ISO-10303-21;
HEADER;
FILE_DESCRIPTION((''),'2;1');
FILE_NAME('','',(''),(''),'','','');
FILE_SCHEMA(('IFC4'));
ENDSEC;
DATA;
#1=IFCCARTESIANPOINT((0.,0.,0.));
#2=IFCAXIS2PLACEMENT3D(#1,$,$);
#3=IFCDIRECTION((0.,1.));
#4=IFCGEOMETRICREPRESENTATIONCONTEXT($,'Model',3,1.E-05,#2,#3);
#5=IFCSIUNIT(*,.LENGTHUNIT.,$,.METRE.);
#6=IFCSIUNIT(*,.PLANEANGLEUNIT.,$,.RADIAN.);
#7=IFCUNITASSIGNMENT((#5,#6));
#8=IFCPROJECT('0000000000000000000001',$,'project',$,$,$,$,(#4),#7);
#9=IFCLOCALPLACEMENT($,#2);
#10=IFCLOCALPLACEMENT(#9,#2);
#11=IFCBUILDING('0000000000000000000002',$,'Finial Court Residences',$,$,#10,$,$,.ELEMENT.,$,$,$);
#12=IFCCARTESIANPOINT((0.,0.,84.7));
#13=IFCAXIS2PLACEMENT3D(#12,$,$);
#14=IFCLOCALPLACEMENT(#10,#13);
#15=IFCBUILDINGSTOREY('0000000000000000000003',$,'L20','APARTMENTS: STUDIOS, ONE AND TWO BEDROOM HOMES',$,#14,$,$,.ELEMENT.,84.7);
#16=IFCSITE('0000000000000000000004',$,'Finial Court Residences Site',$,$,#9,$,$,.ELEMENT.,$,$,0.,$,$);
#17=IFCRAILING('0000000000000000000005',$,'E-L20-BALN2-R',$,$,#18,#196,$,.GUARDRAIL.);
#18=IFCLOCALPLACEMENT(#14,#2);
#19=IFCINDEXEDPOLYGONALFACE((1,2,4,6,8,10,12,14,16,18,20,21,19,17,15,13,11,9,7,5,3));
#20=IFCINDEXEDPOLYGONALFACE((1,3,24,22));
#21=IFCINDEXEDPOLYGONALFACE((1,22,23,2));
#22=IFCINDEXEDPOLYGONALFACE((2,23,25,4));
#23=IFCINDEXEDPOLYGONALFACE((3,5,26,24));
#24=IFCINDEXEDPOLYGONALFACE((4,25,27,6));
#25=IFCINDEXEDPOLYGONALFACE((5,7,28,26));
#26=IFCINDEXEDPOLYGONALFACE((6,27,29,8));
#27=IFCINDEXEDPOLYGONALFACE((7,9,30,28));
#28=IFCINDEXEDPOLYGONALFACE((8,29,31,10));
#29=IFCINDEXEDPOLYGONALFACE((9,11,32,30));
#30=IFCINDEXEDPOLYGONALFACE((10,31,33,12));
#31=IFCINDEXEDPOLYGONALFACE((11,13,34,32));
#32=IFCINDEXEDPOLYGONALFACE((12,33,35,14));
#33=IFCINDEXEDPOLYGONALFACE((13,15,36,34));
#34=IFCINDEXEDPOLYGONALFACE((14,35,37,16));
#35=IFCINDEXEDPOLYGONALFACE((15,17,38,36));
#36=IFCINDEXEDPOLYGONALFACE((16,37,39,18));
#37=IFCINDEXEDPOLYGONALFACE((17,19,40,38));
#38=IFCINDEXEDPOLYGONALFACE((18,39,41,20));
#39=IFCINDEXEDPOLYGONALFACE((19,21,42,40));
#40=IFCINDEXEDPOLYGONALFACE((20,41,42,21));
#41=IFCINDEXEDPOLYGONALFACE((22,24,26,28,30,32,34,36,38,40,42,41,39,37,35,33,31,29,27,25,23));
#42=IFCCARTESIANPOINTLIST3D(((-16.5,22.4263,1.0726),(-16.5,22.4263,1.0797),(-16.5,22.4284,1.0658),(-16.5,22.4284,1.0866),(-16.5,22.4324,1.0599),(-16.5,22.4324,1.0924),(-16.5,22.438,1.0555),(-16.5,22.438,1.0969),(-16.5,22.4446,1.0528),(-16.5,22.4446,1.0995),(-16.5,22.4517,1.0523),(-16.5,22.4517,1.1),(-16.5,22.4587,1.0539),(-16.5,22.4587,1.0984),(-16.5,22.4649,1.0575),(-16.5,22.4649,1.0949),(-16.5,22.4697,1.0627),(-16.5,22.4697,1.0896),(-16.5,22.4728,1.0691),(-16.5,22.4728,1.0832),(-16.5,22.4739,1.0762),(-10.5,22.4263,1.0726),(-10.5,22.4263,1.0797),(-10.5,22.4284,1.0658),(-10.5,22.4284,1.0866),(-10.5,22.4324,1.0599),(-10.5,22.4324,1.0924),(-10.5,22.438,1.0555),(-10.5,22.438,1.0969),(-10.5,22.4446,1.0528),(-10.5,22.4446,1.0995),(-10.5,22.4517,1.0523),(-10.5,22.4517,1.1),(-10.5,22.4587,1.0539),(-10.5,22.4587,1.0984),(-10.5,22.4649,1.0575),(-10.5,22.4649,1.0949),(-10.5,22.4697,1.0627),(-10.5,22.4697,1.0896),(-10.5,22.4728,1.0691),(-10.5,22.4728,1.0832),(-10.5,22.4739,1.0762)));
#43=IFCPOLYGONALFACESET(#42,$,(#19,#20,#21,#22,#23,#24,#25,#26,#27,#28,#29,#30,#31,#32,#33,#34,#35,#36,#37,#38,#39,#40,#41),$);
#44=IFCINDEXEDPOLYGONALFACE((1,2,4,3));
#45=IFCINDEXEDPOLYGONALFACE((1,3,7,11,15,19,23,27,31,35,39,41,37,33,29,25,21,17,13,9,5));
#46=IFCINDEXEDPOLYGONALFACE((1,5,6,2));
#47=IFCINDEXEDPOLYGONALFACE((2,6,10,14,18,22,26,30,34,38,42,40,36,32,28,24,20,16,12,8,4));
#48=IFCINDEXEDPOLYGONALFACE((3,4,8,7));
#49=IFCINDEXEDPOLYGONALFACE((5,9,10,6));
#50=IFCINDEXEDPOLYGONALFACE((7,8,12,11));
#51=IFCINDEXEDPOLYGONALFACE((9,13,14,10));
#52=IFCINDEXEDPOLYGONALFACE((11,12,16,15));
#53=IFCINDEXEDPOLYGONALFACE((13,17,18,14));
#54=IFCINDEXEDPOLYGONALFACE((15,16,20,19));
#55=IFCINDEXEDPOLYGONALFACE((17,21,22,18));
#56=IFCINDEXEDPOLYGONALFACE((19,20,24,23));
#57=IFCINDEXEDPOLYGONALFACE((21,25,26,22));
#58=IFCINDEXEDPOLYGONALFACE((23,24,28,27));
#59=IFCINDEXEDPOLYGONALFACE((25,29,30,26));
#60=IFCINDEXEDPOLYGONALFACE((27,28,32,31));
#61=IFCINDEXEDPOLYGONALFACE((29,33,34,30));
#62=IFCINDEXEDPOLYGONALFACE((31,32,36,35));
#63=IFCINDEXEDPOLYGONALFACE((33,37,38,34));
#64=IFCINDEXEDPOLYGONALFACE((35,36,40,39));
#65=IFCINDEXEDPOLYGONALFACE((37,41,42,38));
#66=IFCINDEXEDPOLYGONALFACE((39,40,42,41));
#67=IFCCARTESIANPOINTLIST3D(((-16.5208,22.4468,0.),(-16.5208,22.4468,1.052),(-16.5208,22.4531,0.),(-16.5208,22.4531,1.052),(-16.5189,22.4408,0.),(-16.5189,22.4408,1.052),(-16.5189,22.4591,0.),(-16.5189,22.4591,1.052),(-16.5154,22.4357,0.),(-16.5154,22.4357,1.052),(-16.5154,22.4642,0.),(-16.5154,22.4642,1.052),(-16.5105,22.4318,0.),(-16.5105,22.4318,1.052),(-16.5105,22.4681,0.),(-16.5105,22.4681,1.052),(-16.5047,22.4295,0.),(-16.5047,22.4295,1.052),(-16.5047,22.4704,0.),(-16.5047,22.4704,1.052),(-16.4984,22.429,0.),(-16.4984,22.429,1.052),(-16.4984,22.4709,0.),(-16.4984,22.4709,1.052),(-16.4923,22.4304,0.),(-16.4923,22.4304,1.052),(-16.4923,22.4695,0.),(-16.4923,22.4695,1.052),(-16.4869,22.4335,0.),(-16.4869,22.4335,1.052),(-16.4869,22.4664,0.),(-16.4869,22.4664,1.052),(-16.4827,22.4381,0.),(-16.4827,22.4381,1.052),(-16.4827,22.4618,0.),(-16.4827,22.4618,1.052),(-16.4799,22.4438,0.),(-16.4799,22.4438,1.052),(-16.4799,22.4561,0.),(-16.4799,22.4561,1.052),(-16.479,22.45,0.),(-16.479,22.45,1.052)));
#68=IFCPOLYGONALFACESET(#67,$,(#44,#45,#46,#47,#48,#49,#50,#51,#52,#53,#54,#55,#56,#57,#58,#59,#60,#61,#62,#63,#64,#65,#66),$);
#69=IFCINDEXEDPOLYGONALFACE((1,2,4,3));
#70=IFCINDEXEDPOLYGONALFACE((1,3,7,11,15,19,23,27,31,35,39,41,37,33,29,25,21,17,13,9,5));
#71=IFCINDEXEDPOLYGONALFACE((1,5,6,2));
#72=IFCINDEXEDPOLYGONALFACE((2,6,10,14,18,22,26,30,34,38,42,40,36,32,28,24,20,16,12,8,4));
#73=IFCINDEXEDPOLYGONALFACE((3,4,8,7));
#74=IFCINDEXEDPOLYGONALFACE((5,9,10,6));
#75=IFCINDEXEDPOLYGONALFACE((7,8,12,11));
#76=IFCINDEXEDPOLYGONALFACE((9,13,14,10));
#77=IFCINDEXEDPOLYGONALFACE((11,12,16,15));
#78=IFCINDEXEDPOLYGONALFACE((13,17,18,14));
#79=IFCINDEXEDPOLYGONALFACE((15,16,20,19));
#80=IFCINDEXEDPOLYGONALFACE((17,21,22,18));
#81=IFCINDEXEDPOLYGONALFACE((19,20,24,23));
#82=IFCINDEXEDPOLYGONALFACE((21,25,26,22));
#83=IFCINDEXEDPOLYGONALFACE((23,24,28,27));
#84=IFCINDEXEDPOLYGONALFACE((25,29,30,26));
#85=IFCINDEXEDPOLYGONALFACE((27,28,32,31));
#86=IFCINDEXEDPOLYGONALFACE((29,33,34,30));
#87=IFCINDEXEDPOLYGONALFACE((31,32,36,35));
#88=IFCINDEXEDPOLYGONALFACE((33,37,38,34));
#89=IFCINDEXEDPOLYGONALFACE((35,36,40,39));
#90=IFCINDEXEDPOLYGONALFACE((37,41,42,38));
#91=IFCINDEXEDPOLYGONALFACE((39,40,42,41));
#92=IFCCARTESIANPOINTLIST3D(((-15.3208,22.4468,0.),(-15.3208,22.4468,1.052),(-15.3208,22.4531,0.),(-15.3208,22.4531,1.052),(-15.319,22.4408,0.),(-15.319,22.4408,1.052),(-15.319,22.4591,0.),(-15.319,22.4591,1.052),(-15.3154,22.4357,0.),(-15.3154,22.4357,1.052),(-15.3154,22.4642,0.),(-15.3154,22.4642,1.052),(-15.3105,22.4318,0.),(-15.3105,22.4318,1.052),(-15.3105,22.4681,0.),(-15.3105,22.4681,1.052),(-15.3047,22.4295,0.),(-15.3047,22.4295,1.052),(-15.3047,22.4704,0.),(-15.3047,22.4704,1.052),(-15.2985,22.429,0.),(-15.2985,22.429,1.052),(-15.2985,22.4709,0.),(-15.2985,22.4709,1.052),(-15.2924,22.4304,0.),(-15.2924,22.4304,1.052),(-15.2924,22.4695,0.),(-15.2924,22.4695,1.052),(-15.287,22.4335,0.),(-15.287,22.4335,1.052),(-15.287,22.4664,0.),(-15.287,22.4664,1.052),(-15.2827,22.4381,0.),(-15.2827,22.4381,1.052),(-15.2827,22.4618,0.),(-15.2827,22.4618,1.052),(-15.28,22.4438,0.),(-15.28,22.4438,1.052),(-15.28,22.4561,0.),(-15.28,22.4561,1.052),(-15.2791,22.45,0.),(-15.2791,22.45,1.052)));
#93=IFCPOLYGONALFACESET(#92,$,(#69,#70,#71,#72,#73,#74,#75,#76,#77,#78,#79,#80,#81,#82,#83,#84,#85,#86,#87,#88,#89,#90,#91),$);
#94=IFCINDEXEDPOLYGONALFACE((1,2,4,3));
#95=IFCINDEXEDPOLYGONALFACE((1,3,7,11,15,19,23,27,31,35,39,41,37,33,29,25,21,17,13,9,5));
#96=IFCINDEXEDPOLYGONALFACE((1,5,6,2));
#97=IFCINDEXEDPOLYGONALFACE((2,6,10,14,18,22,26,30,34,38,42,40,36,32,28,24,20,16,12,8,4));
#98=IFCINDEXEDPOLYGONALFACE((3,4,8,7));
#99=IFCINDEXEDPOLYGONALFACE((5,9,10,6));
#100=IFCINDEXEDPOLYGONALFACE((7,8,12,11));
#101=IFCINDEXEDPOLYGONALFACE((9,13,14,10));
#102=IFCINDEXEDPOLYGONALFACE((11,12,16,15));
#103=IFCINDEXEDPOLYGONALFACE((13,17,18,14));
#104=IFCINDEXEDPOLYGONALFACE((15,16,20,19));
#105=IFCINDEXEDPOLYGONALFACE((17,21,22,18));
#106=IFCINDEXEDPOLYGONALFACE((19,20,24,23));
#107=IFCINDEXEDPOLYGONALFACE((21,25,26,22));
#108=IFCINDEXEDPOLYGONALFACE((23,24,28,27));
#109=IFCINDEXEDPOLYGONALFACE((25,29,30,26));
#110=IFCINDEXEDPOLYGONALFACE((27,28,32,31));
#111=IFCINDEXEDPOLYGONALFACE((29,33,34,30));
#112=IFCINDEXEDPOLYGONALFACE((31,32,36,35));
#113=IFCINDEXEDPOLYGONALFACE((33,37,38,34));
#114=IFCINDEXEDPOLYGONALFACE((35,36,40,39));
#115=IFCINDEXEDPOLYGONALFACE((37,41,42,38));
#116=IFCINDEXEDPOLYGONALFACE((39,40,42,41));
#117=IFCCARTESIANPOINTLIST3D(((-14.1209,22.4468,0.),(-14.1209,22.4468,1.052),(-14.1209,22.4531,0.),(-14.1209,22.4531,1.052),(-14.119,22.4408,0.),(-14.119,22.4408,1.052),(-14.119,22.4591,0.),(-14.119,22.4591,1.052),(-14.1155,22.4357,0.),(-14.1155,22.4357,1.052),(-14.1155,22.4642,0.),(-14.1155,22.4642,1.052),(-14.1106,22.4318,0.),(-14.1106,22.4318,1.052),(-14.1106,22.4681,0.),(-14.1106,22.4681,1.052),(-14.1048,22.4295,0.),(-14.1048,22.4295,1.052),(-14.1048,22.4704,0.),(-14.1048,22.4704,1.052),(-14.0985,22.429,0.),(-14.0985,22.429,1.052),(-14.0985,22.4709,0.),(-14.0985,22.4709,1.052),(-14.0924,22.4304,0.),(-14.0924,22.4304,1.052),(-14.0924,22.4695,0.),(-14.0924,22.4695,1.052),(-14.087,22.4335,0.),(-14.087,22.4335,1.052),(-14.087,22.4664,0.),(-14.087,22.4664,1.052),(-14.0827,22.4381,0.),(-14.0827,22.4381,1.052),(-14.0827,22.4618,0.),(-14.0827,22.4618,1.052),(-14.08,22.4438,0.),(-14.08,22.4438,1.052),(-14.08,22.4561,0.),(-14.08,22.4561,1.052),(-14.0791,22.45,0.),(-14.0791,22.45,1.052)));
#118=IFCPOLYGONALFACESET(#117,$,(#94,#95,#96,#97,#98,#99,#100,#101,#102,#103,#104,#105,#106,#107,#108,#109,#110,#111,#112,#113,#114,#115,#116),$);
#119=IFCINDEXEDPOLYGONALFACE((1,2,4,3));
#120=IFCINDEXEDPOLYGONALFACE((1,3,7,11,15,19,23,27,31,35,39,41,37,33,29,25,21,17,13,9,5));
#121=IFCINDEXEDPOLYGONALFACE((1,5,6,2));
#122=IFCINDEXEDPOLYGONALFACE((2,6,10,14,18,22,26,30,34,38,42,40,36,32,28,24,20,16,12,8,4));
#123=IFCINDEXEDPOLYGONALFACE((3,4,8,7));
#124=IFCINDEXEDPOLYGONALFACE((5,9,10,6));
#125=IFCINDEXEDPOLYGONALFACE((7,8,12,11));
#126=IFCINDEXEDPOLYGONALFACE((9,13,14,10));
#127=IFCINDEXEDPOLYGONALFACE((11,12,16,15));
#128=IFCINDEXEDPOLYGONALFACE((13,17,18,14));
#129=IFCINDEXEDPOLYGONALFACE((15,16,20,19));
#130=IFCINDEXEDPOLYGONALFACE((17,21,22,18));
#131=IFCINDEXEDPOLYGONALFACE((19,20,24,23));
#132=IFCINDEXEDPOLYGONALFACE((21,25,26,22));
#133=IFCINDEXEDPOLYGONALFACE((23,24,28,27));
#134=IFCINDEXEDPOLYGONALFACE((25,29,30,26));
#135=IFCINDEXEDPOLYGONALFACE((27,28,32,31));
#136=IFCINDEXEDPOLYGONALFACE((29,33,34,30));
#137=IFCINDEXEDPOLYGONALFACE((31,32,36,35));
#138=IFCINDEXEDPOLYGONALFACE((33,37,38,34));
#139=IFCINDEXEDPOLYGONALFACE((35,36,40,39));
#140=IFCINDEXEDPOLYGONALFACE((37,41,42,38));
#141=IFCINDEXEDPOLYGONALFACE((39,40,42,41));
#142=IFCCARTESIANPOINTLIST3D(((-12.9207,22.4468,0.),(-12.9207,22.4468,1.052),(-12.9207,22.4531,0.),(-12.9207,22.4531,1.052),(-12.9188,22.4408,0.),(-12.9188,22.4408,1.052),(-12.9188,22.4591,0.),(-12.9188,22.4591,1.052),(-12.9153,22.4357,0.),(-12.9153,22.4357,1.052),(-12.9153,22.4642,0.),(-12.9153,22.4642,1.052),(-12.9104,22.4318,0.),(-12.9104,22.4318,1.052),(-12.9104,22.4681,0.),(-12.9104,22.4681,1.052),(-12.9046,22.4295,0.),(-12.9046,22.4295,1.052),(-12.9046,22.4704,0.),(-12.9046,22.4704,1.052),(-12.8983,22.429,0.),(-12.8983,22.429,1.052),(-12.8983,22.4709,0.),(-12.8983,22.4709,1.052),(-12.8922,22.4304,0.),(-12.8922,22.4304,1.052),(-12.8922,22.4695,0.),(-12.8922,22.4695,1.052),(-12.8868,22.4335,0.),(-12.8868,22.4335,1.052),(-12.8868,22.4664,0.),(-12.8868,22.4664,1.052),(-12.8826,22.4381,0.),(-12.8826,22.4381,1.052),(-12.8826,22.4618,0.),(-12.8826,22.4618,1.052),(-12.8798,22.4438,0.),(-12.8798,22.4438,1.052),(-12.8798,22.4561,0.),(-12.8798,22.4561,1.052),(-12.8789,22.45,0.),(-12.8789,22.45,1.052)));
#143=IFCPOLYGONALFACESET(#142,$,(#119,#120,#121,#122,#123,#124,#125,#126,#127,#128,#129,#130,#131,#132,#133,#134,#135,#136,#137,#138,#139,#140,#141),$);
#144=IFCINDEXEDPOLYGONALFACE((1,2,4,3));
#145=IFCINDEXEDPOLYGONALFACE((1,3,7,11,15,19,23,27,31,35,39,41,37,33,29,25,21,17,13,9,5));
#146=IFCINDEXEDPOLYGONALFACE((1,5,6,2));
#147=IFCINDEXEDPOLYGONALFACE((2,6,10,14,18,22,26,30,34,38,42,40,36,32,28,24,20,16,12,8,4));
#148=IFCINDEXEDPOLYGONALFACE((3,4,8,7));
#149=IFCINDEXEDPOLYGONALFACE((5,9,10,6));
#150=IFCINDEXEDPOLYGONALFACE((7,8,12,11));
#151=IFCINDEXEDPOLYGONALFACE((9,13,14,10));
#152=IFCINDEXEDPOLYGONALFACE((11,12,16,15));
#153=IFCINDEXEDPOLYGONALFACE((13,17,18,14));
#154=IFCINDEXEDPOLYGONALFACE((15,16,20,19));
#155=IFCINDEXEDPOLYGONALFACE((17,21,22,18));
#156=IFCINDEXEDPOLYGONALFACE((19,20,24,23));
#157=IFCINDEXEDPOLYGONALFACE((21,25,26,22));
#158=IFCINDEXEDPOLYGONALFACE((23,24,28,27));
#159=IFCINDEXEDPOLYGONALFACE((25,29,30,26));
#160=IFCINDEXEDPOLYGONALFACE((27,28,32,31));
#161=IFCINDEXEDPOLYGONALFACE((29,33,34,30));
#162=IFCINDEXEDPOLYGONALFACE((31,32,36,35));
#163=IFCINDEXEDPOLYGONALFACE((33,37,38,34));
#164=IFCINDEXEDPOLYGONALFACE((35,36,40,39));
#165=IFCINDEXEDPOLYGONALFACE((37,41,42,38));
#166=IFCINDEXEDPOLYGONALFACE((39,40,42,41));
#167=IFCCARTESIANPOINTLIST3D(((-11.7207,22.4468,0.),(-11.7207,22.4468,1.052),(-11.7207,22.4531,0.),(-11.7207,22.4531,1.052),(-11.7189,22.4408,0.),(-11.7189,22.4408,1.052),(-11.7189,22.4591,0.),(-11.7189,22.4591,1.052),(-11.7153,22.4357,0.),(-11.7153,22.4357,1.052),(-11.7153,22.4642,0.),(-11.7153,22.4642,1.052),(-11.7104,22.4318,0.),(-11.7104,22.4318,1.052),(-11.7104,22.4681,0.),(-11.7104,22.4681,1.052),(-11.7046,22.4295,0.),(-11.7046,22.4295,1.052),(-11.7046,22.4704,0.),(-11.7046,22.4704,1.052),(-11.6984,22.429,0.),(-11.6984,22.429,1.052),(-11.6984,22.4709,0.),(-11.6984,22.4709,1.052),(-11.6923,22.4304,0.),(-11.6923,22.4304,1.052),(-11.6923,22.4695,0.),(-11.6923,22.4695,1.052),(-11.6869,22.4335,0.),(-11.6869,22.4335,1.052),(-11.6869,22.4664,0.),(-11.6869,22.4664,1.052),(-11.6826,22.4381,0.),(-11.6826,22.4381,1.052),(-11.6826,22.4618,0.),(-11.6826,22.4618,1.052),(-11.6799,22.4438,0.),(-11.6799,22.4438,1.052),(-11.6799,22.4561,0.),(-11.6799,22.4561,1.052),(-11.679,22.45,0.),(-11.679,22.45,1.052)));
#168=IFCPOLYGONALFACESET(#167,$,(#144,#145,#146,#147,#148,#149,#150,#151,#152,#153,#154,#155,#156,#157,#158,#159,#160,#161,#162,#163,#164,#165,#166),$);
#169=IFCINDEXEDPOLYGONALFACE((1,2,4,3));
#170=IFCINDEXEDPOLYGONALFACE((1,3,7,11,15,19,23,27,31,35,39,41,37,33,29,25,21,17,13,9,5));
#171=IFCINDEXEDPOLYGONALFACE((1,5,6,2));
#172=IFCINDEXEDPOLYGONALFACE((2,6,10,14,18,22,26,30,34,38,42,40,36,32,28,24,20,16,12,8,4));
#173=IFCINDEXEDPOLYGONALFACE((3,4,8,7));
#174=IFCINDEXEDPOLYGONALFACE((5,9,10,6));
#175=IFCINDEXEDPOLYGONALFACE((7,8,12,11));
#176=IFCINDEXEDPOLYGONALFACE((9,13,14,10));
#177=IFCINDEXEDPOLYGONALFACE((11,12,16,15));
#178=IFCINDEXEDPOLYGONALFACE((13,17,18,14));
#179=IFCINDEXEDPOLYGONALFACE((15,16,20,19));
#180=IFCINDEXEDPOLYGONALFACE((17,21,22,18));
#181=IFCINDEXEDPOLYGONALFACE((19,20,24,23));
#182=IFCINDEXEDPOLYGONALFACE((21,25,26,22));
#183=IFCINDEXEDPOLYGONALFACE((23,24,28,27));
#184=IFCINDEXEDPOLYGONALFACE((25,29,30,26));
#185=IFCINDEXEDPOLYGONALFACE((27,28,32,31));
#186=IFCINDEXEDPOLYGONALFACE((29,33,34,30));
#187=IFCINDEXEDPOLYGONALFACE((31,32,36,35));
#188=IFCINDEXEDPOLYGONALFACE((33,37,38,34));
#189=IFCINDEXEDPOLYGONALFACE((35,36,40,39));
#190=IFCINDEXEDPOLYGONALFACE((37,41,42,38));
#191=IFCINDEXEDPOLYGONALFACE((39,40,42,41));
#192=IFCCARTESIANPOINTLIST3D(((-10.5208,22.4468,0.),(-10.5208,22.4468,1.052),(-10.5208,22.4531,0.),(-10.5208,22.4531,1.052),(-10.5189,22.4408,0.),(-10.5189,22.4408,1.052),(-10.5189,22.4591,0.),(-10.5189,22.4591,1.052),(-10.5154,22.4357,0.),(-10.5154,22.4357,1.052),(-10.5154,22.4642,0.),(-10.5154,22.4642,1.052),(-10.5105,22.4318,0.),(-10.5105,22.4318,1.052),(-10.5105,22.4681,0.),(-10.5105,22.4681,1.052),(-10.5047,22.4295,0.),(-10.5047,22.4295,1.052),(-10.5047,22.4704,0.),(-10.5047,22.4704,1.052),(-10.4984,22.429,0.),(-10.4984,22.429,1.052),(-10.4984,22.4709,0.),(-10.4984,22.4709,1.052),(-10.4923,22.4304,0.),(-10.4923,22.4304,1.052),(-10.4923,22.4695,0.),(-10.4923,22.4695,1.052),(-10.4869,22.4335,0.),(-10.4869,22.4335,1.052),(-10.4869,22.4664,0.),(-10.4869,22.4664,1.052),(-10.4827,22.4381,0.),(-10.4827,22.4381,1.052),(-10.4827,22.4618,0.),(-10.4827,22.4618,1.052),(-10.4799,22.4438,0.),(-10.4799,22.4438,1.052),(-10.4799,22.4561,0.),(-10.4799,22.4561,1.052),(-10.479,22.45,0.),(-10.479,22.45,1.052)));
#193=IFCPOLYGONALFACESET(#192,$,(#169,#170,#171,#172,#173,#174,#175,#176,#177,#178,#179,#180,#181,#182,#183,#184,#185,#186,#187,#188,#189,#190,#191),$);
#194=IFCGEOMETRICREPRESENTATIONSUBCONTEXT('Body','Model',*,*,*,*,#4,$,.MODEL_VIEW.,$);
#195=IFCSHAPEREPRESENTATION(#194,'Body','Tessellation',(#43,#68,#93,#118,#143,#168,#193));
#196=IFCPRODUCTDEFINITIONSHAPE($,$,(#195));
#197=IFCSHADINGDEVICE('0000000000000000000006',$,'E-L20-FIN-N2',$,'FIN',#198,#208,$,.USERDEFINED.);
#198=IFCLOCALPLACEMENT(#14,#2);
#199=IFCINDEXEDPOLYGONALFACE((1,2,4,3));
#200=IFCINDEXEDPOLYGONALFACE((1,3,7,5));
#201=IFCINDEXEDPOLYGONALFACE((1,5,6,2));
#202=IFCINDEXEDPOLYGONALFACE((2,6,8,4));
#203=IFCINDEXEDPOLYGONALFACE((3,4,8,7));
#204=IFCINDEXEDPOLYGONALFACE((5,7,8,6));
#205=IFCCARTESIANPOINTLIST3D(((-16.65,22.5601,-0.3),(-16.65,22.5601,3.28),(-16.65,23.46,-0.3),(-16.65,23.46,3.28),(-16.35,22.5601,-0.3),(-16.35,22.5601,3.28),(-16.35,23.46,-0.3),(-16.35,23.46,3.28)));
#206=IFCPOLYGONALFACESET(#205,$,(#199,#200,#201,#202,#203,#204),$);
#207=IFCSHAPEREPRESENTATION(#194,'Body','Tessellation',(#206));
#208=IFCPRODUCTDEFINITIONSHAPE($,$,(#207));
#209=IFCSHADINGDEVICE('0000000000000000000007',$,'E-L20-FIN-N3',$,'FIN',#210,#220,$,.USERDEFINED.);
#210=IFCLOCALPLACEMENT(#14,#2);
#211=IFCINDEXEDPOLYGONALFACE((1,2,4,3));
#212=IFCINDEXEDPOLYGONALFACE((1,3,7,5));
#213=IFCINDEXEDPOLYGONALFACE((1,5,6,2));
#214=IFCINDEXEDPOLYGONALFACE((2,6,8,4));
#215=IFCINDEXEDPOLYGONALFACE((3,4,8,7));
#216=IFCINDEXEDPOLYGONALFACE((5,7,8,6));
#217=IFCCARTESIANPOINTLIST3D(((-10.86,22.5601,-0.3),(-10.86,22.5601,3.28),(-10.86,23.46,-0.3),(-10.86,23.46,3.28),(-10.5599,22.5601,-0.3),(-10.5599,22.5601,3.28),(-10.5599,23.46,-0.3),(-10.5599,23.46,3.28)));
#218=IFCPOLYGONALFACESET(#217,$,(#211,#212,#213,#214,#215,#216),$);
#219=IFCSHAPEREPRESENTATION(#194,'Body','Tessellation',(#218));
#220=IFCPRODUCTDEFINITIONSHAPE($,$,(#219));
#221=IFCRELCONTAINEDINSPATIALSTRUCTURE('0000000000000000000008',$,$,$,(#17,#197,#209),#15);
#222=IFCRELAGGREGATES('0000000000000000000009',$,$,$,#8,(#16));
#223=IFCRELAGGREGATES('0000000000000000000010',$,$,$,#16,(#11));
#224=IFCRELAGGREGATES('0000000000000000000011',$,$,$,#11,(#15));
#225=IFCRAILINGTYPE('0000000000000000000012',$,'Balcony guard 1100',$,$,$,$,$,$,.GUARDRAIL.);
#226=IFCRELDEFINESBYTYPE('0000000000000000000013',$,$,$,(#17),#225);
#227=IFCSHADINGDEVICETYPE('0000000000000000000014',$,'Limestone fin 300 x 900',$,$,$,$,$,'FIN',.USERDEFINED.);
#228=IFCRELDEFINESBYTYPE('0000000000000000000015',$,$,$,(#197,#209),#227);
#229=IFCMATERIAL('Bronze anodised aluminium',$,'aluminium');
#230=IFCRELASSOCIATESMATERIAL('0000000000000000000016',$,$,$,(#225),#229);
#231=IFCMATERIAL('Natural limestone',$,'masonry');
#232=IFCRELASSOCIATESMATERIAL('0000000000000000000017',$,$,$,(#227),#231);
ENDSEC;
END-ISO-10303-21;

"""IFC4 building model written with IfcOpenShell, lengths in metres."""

from ifc_helpers import new_model, si_unit, direction, frame, origin, origin_2d, place, context, subcontext, project, spatial, rectangle, circle, extrude, material, type_object, element, save


model = new_model("IFC4")

# Units and contexts
model_context = context("Model", 3, precision=1e-05, world=origin(), true_north=direction((0.0, 1.0)))
body_context = subcontext(model_context, "Body", "Model", "MODEL_VIEW")
ifc_project = project(units=[si_unit("LENGTHUNIT", "METRE"), si_unit("PLANEANGLEUNIT", "RADIAN")], contexts=[model_context])

# Site, building, storey
site_placement = place(None, origin())
site = spatial("IfcSite", under=ifc_project, at=site_placement, Name="Finial Court Residences Site", CompositionType="ELEMENT", RefElevation=0.0)
building_placement = place(site_placement, origin())
building = spatial("IfcBuilding", under=site, at=building_placement, Name="Finial Court Residences", CompositionType="ELEMENT")
storey_placement = place(building_placement, frame((0.0, 0.0, 84.7)))
storey = spatial("IfcBuildingStorey", under=building, at=storey_placement, Name="L20", Description="APARTMENTS: STUDIOS, ONE AND TWO BEDROOM HOMES", CompositionType="ELEMENT", Elevation=84.7)

# Shared definitions
ifc_material_1 = material(Name="Bronze anodised aluminium", Category="aluminium")

# Shared definitions
ifc_material_2 = material(Name="Natural limestone", Category="masonry")

# Railing
railing_type = type_object("IfcRailingType", Name="Balcony guard 1100", PredefinedType="GUARDRAIL", material=ifc_material_1)
railing_placement = place(storey_placement, frame((-16.5, 22.45, 0.0)))
element("IfcRailing", 1, at=railing_placement, inside=storey, type_object=railing_type, Name="E-L20-BALN2-R", PredefinedType="GUARDRAIL", context=body_context, shape_type="SweptSolid", body=[
    extrude(circle(Radius=0.0239, at=origin_2d()), frame((0.0, 0.0, 1.0762), z_axis=(1.0, 0.0, 0.0), x_axis=(0.0, 1.0, 0.0)), (0.0, 0.0, 1.0), 6.0),
    extrude(circle(Radius=0.021, at=origin_2d()), origin(), (0.0, 0.0, 1.0), 1.052),
    extrude(circle(Radius=0.021, at=origin_2d()), frame((1.2, 0.0, 0.0)), (0.0, 0.0, 1.0), 1.052),
    extrude(circle(Radius=0.021, at=origin_2d()), frame((2.3999, 0.0, 0.0)), (0.0, 0.0, 1.0), 1.052),
    extrude(circle(Radius=0.021, at=origin_2d()), frame((3.6001, 0.0, 0.0)), (0.0, 0.0, 1.0), 1.052),
    extrude(circle(Radius=0.021, at=origin_2d()), frame((4.8, 0.0, 0.0)), (0.0, 0.0, 1.0), 1.052),
    extrude(circle(Radius=0.021, at=origin_2d()), frame((6.0, 0.0, 0.0)), (0.0, 0.0, 1.0), 1.052),
])

# Shading devices
shading_device_type = type_object("IfcShadingDeviceType", Name="Limestone fin 300 x 900", ElementType="FIN", PredefinedType="USERDEFINED", material=ifc_material_2)
for number, where, z_axis, x_axis, name in (
    (2, (-16.5, 23.01, -0.3), (0.0, 0.0, 1.0), (1.0, 0.0, 0.0), "E-L20-FIN-N2"),
    (3, (-10.71, 23.01, -0.3), (0.0, 0.0, 1.0), (1.0, 0.0, 0.0), "E-L20-FIN-N3"),
):
    element("IfcShadingDevice", number, at=place(storey_placement, frame(where, z_axis=z_axis, x_axis=x_axis)), inside=storey, type_object=shading_device_type, Name=name, ObjectType="FIN", PredefinedType="USERDEFINED", context=body_context, shape_type="SweptSolid", body=[
        extrude(rectangle(XDim=0.3, YDim=0.8999, at=origin_2d()), origin(), (0.0, 0.0, 1.0), 3.5801),
    ])

save(model, "model.ifc")
